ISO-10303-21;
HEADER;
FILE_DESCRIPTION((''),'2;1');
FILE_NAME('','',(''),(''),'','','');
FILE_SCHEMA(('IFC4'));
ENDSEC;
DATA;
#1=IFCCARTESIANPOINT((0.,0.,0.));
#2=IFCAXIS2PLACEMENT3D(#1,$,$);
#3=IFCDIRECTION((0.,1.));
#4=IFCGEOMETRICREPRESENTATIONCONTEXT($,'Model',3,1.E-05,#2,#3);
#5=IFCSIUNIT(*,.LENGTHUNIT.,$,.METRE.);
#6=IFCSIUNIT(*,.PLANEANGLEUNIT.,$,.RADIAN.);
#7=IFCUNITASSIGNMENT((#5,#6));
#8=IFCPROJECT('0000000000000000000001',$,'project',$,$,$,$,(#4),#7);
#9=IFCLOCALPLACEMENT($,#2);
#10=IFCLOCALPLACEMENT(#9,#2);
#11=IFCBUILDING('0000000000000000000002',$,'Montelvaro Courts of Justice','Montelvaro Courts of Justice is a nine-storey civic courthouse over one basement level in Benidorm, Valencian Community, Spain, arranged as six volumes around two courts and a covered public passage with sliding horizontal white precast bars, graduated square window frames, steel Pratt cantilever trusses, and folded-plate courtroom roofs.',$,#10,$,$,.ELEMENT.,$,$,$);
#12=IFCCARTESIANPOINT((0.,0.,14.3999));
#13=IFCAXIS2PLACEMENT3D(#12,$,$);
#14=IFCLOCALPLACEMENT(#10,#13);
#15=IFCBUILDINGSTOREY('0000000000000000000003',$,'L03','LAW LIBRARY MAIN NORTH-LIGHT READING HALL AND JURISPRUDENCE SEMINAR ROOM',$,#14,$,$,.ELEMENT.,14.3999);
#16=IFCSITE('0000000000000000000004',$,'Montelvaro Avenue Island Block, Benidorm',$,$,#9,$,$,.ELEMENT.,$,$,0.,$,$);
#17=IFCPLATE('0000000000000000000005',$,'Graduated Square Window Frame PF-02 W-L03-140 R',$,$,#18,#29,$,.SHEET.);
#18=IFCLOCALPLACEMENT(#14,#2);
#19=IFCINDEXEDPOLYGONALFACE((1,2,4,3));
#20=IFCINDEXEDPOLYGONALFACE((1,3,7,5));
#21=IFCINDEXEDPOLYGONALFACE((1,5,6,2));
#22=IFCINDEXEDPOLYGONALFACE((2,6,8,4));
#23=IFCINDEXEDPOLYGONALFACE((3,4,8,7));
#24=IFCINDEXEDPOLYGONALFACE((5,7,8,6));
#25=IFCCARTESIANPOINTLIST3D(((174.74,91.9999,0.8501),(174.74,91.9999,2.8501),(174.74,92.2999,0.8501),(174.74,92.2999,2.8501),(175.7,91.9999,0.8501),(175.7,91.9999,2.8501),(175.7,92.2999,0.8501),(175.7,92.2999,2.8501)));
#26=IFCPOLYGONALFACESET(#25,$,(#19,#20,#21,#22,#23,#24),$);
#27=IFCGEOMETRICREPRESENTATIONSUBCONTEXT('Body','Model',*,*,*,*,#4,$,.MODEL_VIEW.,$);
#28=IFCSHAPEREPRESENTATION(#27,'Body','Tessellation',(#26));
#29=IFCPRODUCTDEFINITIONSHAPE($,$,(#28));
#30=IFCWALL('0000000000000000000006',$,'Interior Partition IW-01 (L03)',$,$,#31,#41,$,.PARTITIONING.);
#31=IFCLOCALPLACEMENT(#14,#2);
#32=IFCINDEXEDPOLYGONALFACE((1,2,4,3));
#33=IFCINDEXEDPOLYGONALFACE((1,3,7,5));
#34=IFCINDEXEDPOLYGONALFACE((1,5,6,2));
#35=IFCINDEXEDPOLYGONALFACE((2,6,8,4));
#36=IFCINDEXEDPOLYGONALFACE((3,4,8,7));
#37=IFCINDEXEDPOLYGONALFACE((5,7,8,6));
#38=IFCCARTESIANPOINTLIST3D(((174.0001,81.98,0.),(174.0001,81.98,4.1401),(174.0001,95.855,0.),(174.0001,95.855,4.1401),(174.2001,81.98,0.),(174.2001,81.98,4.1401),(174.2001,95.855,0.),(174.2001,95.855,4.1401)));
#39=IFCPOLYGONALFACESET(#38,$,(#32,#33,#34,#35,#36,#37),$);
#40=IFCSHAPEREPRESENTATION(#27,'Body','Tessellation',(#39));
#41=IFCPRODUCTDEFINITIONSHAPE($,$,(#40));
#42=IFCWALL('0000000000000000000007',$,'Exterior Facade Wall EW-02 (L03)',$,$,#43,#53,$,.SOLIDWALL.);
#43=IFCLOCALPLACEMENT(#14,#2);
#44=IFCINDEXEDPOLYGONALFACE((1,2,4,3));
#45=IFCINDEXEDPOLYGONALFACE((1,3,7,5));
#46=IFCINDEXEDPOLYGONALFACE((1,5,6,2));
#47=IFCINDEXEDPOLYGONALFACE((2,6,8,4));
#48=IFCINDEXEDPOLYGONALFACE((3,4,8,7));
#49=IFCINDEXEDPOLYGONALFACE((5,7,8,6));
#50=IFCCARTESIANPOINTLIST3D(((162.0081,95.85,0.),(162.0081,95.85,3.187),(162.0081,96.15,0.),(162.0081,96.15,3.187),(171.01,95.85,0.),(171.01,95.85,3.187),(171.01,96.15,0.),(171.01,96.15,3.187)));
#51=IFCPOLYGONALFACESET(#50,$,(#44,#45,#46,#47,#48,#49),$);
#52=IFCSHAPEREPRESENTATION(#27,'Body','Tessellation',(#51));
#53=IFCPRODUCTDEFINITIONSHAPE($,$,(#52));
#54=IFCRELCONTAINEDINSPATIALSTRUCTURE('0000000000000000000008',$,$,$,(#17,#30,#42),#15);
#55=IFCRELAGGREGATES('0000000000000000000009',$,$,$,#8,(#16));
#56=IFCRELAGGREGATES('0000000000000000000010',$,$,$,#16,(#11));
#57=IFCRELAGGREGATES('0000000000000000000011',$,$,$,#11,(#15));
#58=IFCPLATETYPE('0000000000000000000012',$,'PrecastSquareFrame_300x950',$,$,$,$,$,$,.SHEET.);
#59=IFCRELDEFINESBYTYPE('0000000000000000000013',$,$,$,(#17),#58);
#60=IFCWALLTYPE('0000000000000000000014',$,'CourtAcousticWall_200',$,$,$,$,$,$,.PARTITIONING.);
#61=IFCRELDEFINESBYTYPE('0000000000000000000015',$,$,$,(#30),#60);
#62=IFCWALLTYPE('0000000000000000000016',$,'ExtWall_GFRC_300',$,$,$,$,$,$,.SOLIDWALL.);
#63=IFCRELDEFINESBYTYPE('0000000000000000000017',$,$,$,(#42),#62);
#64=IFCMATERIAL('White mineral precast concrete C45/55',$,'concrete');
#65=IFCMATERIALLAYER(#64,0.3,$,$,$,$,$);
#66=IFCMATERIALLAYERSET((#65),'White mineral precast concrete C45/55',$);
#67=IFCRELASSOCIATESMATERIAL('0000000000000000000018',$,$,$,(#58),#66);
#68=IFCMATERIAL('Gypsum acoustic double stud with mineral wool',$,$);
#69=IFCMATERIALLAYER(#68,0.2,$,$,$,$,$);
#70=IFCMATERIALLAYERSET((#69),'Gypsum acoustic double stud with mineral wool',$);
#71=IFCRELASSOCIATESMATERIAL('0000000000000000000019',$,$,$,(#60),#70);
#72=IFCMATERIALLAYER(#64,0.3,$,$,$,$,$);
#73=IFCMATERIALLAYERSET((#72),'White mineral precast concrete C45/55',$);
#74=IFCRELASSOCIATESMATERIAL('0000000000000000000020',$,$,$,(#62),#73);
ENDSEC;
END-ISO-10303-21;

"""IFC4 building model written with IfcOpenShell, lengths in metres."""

from ifc_helpers import new_model, si_unit, direction, frame, frame_2d, origin, origin_2d, place, context, subcontext, project, spatial, rectangle, extrude, material, layer, layer_set, type_object, element, save


model = new_model("IFC4")

# Units and contexts
model_context = context("Model", 3, precision=1e-05, world=origin(), true_north=direction((0.0, 1.0)))
body_context = subcontext(model_context, "Body", "Model", "MODEL_VIEW")
ifc_project = project(units=[si_unit("LENGTHUNIT", "METRE"), si_unit("PLANEANGLEUNIT", "RADIAN")], contexts=[model_context])

# Site, building, storey
site_placement = place(None, origin())
site = spatial("IfcSite", under=ifc_project, at=site_placement, Name="Montelvaro Avenue Island Block, Benidorm", CompositionType="ELEMENT", RefElevation=0.0)
building_placement = place(site_placement, origin())
building = spatial("IfcBuilding", under=site, at=building_placement, Name="Montelvaro Courts of Justice", Description="Montelvaro Courts of Justice is a nine-storey civic courthouse over one basement level in Benidorm, Valencian Community, Spain, arranged as six volumes around two courts and a covered public passage with sliding horizontal white precast bars, graduated square window frames, steel Pratt cantilever trusses, and folded-plate courtroom roofs.", CompositionType="ELEMENT")
storey_placement = place(building_placement, frame((0.0, 0.0, 14.3999)))
storey = spatial("IfcBuildingStorey", under=building, at=storey_placement, Name="L03", Description="LAW LIBRARY MAIN NORTH-LIGHT READING HALL AND JURISPRUDENCE SEMINAR ROOM", CompositionType="ELEMENT", Elevation=14.3999)

# Plate
ifc_material_1 = material(Name="White mineral precast concrete C45/55", Category="concrete")
ifc_layer_1 = layer(ifc_material_1, 0.3)
ifc_layer_set_1 = layer_set([ifc_layer_1], Name="White mineral precast concrete C45/55")
plate_type_1 = type_object("IfcPlateType", Name="PrecastSquareFrame_300x950", PredefinedType="SHEET", material=ifc_layer_set_1)
for number, where, z_axis, x_axis, name in (
    (1, (175.22, 92.1499, 0.8501), (0.0, 0.0, 1.0), (0.0, 1.0, 0.0), "Graduated Square Window Frame PF-02 W-L03-140 R"),
):
    element("IfcPlate", number, at=place(storey_placement, frame(where, z_axis=z_axis, x_axis=x_axis)), inside=storey, type_object=plate_type_1, Name=name, PredefinedType="SHEET", context=body_context, shape_type="SweptSolid", body=[
        extrude(rectangle(XDim=0.3, YDim=0.96, at=origin_2d()), origin(), (0.0, 0.0, 1.0), 2.0),
    ])

# Walls
ifc_material_2 = material(Name="Gypsum acoustic double stud with mineral wool")
ifc_layer_2 = layer(ifc_material_2, 0.2)
ifc_layer_set_2 = layer_set([ifc_layer_2], Name="Gypsum acoustic double stud with mineral wool")
wall_type_1 = type_object("IfcWallType", Name="CourtAcousticWall_200", PredefinedType="PARTITIONING", material=ifc_layer_set_2)
wall_1_placement = place(storey_placement, frame((174.1001, 95.855, 0.0), z_axis=(0.0, 0.0, 1.0), x_axis=(0.0, -1.0, 0.0)))
element("IfcWall", 2, at=wall_1_placement, inside=storey, type_object=wall_type_1, Name="Interior Partition IW-01 (L03)", PredefinedType="PARTITIONING", context=body_context, shape_type="SweptSolid", body=[
    extrude(rectangle(XDim=13.875, YDim=0.2, at=frame_2d((6.9375, 0.0))), origin(), (0.0, 0.0, 1.0), 4.1401),
])
ifc_layer_3 = layer(ifc_material_1, 0.3)
ifc_layer_set_3 = layer_set([ifc_layer_3], Name="White mineral precast concrete C45/55")
wall_type_2 = type_object("IfcWallType", Name="ExtWall_GFRC_300", PredefinedType="SOLIDWALL", material=ifc_layer_set_3)
wall_2_placement = place(storey_placement, frame((171.01, 96.0, 0.0), z_axis=(0.0, 0.0, 1.0), x_axis=(-1.0, 0.0, 0.0)))
element("IfcWall", 3, at=wall_2_placement, inside=storey, type_object=wall_type_2, Name="Exterior Facade Wall EW-02 (L03)", PredefinedType="SOLIDWALL", context=body_context, shape_type="SweptSolid", body=[
    extrude(rectangle(XDim=9.002, YDim=0.3, at=frame_2d((4.501, 0.0))), origin(), (0.0, 0.0, 1.0), 3.187),
])

save(model, "model.ifc")
